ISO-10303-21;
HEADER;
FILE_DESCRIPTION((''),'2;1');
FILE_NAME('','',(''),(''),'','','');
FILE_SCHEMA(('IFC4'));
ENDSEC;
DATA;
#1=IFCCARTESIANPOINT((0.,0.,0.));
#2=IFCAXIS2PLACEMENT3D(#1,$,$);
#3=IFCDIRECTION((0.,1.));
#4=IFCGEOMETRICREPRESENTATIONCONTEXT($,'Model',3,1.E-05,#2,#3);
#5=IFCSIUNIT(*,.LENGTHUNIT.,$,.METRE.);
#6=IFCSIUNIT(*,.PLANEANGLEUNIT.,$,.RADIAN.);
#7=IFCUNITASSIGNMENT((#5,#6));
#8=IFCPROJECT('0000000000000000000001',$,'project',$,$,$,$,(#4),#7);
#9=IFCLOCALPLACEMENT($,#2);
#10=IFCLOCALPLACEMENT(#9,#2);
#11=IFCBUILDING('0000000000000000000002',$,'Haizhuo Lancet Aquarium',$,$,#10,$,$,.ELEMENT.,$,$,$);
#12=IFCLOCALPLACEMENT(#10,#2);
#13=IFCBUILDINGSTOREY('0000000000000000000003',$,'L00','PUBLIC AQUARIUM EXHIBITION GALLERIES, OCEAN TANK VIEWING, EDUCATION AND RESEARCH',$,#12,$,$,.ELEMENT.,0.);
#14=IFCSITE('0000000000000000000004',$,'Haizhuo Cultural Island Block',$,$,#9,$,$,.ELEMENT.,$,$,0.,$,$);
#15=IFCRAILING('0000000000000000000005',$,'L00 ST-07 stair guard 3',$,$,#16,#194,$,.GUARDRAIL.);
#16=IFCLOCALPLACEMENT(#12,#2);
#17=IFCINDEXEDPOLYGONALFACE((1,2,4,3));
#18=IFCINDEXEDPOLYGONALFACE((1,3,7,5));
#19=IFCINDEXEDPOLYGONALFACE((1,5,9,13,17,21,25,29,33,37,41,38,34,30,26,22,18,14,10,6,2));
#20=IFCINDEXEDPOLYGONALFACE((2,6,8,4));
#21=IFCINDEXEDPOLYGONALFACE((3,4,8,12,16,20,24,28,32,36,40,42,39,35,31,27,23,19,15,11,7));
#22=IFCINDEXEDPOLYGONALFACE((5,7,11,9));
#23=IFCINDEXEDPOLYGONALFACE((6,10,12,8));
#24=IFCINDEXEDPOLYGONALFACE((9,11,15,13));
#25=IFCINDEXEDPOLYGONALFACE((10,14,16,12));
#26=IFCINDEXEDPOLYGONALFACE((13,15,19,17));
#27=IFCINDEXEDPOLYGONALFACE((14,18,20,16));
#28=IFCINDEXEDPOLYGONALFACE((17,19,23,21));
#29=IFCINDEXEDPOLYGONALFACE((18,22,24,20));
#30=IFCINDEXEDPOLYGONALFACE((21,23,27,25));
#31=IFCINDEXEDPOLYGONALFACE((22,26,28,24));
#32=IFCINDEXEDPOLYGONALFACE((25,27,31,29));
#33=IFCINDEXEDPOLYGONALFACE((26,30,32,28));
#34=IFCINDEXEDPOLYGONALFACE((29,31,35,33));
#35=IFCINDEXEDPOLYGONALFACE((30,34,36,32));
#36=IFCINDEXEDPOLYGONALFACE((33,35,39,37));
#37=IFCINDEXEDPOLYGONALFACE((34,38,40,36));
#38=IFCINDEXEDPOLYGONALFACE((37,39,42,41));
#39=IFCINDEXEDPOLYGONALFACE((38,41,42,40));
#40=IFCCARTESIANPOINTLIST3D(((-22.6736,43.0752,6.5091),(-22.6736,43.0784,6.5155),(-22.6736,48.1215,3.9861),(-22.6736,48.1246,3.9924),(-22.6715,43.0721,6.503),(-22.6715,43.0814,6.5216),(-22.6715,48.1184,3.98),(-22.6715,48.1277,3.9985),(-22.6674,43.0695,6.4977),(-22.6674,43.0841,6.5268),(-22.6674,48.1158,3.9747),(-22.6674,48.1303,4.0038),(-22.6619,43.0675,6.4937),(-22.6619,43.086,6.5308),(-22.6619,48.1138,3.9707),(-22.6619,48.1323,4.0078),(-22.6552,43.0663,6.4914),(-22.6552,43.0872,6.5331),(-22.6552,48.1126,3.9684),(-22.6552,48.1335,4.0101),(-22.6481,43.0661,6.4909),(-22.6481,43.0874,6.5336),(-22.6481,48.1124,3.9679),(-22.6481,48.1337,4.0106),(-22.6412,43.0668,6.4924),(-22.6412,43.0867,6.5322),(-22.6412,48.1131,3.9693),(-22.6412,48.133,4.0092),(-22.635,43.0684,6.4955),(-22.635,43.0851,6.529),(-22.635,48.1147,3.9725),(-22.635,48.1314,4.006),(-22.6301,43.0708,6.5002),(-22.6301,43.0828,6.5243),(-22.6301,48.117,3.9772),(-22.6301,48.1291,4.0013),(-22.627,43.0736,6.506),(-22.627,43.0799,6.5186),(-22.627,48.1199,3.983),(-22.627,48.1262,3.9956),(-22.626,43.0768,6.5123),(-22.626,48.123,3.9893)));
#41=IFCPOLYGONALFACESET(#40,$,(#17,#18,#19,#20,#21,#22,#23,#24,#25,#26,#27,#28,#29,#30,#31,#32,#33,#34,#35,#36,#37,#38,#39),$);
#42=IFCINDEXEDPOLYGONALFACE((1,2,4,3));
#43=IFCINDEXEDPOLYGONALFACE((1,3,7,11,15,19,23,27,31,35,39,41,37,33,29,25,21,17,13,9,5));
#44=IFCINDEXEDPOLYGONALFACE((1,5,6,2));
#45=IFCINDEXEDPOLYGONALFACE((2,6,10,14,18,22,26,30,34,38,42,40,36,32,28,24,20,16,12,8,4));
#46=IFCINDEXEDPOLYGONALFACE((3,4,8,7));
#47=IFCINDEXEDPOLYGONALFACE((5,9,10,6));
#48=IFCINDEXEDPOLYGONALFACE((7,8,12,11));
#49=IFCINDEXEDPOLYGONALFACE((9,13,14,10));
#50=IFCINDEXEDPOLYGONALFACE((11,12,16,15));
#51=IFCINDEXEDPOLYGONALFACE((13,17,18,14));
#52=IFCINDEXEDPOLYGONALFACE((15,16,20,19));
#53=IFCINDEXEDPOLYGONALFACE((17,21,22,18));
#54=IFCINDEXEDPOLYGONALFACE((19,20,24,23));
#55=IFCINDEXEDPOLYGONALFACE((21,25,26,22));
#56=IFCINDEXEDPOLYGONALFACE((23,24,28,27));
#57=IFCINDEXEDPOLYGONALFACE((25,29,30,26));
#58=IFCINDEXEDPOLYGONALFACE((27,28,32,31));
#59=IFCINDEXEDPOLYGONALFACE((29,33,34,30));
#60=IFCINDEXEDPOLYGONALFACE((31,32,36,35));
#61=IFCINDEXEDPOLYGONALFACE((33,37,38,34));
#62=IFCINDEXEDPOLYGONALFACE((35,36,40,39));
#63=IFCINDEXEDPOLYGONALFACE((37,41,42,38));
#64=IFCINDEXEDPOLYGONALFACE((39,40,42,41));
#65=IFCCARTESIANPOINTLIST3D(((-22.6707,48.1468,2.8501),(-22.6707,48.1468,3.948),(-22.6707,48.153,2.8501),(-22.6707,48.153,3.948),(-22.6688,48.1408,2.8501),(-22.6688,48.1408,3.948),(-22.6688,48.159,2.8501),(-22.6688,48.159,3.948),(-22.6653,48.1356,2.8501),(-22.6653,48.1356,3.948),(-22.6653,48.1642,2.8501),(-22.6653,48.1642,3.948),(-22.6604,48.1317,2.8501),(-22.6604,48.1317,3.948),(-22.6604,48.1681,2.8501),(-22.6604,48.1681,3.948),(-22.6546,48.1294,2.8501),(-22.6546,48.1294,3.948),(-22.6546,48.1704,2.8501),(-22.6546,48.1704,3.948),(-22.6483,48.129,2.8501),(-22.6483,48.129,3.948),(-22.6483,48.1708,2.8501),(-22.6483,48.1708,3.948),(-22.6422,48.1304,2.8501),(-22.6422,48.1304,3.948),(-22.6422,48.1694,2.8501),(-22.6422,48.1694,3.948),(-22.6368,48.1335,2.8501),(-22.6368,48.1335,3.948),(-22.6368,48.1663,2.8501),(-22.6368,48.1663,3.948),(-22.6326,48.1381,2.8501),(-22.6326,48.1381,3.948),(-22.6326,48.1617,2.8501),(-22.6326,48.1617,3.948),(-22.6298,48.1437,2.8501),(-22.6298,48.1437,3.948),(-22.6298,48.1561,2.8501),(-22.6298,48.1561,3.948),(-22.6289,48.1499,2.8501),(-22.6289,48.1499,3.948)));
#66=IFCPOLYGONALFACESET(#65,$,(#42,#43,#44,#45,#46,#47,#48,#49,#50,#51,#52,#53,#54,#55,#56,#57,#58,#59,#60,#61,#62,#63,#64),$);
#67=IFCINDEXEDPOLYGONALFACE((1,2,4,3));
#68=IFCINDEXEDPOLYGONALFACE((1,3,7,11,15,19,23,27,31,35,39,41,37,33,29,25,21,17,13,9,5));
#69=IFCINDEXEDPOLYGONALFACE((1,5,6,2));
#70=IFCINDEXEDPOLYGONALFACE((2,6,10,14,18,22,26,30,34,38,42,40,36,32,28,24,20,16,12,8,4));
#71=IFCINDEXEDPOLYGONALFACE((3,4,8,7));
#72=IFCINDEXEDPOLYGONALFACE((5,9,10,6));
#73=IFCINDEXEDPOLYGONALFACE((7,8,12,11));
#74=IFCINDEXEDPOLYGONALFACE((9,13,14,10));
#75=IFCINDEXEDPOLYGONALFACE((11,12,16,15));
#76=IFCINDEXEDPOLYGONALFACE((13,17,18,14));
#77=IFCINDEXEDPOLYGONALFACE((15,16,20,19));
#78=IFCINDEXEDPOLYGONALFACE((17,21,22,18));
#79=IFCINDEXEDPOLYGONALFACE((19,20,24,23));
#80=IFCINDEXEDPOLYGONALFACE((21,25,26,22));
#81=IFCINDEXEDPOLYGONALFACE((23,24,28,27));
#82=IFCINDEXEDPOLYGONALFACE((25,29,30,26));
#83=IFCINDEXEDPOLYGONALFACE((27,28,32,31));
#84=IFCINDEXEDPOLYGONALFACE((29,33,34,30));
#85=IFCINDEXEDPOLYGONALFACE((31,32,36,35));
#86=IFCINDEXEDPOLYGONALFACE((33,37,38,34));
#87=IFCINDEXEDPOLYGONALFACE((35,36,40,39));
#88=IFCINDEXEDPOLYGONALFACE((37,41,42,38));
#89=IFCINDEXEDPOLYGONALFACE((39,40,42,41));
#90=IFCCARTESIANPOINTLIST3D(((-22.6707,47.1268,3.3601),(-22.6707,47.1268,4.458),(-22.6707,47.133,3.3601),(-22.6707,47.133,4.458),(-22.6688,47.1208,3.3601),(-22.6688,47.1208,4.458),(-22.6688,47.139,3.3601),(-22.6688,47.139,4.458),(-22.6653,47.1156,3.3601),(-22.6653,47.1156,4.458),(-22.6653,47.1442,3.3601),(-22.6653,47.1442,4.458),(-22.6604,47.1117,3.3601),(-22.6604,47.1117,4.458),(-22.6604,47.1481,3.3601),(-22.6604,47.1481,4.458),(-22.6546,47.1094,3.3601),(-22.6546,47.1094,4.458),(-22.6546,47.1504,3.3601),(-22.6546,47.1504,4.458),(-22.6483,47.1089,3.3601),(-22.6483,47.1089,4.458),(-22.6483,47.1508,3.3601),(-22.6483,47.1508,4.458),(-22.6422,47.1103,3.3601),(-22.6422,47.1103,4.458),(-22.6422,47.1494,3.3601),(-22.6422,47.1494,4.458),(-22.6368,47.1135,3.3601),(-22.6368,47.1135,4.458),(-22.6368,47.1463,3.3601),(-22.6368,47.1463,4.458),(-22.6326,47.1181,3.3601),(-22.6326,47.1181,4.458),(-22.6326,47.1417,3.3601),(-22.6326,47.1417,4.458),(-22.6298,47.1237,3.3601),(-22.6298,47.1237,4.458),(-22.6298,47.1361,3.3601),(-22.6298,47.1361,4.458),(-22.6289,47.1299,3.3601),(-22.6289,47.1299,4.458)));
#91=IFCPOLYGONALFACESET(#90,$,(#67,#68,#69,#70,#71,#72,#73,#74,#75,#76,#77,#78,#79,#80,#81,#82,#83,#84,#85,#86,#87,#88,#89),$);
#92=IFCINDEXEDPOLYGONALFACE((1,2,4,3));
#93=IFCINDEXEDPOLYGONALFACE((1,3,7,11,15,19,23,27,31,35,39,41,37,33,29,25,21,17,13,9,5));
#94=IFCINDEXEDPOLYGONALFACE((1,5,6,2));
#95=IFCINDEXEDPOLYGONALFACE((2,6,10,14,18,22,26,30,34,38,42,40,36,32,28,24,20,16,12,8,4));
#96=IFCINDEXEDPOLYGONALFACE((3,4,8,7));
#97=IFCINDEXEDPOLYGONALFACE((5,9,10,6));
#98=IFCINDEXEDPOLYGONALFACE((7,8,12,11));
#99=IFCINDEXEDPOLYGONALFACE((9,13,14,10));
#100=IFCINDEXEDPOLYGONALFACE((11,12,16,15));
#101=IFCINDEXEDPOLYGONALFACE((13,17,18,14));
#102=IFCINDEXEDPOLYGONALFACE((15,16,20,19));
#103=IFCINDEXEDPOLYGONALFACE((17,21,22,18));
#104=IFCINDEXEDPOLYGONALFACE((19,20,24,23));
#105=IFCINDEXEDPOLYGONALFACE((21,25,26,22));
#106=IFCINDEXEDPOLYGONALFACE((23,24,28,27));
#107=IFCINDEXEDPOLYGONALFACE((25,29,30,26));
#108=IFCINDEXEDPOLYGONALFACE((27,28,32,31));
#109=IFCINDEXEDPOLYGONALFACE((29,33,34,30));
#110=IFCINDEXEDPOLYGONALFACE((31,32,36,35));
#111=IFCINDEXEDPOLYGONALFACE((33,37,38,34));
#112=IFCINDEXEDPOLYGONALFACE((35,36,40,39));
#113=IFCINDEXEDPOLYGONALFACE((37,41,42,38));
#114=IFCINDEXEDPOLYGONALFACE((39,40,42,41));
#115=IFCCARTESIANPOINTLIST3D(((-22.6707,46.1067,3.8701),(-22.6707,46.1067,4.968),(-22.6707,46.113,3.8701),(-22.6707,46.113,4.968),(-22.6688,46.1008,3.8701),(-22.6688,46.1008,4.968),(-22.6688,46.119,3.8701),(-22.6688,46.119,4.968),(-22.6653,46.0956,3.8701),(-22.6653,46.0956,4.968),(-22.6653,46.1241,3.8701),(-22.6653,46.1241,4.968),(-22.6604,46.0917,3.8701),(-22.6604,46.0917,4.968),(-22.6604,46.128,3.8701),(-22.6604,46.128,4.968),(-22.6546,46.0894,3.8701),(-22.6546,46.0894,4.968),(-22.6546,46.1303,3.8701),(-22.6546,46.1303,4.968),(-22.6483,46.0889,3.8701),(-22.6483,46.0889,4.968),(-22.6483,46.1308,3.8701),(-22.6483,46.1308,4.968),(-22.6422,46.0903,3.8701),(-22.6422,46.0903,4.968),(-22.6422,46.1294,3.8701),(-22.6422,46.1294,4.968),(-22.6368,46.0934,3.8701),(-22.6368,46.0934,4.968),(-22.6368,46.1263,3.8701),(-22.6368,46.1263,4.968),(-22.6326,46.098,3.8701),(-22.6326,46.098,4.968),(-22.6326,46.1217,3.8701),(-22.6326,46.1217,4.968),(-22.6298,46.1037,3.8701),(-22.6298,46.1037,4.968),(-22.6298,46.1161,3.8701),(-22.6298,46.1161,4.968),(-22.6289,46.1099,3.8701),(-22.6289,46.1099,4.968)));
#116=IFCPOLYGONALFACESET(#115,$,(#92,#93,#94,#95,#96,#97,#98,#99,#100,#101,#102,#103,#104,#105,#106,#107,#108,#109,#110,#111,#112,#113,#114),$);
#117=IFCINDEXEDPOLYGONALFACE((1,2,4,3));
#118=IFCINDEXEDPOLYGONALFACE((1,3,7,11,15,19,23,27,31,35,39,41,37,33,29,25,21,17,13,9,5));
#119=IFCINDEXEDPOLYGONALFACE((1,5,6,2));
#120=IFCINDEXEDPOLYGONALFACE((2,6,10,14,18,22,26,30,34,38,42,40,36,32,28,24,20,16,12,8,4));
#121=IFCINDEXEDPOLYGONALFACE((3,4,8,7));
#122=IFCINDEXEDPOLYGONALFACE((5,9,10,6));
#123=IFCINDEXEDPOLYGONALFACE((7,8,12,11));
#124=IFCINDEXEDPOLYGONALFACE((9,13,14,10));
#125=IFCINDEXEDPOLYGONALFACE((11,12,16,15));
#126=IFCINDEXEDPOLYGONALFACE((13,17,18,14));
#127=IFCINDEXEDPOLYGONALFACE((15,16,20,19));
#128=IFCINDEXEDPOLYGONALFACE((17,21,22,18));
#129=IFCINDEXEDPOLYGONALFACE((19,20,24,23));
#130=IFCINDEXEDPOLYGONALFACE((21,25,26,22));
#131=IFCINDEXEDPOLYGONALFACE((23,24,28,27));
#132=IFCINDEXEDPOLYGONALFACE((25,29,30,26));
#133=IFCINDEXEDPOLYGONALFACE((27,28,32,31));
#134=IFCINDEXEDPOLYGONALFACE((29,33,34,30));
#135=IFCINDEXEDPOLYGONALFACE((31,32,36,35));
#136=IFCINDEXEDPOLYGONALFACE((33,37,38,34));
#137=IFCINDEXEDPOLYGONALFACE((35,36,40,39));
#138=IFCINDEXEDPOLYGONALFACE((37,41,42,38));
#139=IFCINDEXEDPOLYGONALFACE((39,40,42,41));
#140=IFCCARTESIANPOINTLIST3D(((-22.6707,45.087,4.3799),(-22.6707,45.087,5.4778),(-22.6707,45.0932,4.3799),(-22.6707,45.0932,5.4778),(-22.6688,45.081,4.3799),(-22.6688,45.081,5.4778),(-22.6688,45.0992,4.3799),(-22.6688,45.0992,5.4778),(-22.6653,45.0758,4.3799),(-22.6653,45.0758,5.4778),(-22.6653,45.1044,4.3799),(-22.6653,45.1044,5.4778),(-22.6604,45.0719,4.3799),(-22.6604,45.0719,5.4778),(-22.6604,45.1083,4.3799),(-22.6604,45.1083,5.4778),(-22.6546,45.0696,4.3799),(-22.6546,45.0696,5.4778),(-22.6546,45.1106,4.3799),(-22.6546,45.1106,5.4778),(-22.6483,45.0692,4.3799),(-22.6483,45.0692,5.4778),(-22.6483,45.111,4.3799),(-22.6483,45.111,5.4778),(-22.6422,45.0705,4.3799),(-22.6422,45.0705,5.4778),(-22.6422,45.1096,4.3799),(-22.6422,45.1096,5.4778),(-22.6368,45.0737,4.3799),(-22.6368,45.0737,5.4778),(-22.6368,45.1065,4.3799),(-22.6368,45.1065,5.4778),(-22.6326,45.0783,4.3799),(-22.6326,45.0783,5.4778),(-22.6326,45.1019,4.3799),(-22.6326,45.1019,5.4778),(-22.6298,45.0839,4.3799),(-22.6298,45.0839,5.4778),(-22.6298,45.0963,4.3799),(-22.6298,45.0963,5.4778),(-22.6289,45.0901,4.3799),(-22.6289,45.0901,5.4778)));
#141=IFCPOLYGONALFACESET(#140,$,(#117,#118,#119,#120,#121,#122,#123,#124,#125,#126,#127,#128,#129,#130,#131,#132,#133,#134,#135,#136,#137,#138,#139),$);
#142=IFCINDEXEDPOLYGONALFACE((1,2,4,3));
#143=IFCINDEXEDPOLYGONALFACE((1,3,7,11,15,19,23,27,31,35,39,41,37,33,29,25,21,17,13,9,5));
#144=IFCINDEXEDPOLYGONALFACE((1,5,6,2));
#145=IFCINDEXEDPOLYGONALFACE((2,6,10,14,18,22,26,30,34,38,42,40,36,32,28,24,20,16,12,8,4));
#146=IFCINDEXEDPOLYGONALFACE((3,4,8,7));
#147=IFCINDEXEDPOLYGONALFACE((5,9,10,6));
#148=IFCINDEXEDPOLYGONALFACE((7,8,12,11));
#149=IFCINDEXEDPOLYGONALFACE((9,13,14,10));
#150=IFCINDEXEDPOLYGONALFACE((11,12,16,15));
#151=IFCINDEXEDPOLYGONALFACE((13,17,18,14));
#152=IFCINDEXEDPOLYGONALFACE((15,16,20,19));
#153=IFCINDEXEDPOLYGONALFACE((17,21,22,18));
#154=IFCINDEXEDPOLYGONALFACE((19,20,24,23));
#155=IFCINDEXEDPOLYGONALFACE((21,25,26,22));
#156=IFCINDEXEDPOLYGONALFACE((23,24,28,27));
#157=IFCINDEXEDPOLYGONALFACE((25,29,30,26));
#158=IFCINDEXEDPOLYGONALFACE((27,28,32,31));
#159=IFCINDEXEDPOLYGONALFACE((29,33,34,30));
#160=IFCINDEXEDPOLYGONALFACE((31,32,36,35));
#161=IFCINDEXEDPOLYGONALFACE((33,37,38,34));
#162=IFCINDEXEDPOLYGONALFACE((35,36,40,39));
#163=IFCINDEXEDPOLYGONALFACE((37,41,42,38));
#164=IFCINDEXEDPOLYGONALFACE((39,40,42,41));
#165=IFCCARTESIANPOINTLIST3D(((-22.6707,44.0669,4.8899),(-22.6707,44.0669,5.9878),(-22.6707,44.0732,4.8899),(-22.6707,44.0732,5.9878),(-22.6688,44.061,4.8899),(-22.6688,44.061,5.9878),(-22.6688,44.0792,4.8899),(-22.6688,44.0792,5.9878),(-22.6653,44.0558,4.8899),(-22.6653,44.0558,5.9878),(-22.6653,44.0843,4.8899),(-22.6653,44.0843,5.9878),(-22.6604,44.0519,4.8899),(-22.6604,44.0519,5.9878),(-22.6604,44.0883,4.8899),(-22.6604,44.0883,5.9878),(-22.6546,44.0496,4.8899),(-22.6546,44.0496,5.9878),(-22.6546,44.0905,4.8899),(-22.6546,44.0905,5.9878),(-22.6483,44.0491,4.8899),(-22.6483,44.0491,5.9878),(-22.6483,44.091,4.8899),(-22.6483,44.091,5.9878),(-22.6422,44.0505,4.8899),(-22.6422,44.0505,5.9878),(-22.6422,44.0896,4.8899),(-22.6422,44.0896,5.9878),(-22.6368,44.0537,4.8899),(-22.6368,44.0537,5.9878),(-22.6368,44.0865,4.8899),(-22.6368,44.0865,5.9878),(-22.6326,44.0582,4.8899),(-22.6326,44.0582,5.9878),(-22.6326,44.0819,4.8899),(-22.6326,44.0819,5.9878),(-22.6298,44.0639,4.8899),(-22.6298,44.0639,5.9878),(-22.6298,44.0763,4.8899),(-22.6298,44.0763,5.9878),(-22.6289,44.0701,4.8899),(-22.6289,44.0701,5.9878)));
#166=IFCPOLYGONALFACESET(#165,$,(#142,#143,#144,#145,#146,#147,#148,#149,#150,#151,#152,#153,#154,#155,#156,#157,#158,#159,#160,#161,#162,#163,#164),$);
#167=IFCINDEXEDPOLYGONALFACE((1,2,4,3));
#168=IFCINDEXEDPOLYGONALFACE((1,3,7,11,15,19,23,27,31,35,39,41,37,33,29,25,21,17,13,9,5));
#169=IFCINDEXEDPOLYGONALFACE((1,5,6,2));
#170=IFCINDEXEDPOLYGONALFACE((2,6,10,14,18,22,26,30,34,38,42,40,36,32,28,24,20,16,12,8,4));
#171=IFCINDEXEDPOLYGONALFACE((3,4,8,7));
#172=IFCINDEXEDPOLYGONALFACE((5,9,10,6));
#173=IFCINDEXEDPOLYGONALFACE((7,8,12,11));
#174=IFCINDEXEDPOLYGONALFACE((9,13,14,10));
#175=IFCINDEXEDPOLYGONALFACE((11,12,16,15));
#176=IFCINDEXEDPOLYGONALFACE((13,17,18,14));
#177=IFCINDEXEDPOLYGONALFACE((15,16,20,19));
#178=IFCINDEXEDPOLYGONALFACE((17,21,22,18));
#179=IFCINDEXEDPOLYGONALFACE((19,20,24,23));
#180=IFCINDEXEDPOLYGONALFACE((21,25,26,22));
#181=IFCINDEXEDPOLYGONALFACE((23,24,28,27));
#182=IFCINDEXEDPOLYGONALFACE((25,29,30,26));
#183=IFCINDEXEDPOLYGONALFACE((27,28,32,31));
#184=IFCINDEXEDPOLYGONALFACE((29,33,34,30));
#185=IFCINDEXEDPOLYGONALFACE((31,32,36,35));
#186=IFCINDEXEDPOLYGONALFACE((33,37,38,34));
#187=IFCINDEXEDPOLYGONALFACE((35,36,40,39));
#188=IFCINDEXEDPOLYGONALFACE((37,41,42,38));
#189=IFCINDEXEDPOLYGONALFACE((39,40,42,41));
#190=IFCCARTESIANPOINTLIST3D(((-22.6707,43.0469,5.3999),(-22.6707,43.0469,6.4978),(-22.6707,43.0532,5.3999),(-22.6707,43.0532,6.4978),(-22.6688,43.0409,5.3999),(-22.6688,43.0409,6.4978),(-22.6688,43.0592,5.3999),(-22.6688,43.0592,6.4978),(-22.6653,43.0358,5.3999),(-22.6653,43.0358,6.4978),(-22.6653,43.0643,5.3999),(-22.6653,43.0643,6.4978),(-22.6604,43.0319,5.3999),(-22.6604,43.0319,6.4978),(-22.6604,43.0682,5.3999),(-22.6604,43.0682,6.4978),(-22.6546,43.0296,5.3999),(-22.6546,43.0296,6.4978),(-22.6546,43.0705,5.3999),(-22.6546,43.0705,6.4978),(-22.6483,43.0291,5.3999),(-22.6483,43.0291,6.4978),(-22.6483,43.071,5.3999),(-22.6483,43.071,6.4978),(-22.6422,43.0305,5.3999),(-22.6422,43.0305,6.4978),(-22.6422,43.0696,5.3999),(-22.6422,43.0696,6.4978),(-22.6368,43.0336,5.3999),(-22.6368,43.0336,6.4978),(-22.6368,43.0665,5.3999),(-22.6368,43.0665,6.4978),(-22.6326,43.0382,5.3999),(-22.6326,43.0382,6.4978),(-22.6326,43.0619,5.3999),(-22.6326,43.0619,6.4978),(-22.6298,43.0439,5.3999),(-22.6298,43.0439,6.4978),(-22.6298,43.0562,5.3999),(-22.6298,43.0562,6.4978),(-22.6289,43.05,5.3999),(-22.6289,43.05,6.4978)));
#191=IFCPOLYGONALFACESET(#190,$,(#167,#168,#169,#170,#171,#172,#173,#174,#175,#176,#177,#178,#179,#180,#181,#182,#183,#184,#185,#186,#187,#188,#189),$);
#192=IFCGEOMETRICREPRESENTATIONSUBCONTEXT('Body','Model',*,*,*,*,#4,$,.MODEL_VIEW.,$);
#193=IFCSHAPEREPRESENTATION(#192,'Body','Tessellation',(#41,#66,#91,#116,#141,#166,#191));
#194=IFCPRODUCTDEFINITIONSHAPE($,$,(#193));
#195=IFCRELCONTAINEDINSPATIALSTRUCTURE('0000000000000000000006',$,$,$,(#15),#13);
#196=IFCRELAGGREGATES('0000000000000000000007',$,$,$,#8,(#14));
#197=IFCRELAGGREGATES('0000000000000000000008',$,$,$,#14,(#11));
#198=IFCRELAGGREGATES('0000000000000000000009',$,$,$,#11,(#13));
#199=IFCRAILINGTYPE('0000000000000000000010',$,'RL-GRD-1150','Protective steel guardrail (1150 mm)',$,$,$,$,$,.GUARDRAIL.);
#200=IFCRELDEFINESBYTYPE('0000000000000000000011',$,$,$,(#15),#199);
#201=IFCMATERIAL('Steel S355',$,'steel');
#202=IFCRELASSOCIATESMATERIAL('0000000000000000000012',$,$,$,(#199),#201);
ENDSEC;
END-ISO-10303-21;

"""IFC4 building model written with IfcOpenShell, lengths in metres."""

from ifc_helpers import new_model, si_unit, direction, frame, origin, origin_2d, place, context, subcontext, project, spatial, circle, extrude, material, type_object, element, save


model = new_model("IFC4")

# Units and contexts
model_context = context("Model", 3, precision=1e-05, world=origin(), true_north=direction((0.0, 1.0)))
body_context = subcontext(model_context, "Body", "Model", "MODEL_VIEW")
ifc_project = project(units=[si_unit("LENGTHUNIT", "METRE"), si_unit("PLANEANGLEUNIT", "RADIAN")], contexts=[model_context])

# Site, building, storey
site_placement = place(None, origin())
site = spatial("IfcSite", under=ifc_project, at=site_placement, Name="Haizhuo Cultural Island Block", CompositionType="ELEMENT", RefElevation=0.0)
building_placement = place(site_placement, origin())
building = spatial("IfcBuilding", under=site, at=building_placement, Name="Haizhuo Lancet Aquarium", CompositionType="ELEMENT")
storey_placement = place(building_placement, origin())
storey = spatial("IfcBuildingStorey", under=building, at=storey_placement, Name="L00", Description="PUBLIC AQUARIUM EXHIBITION GALLERIES, OCEAN TANK VIEWING, EDUCATION AND RESEARCH", CompositionType="ELEMENT", Elevation=0.0)

# Shared definitions
ifc_material_1 = material(Name="Steel S355", Category="steel")

# Railing
railing_type_1 = type_object("IfcRailingType", Name="RL-GRD-1150", Description="Protective steel guardrail (1150 mm)", PredefinedType="GUARDRAIL", material=ifc_material_1)
railing_1_placement = place(storey_placement, frame((-22.6499, 48.1499, 2.8501)))
element("IfcRailing", 1, at=railing_1_placement, inside=storey, type_object=railing_type_1, Name="L00 ST-07 stair guard 3", PredefinedType="GUARDRAIL", context=body_context, shape_type="SweptSolid", body=[
    extrude(circle(Radius=0.0239, at=origin_2d()), frame((0.0, -0.0269, 1.1392), z_axis=(0.0, -0.894436, 0.447196), x_axis=(1.0, 0.0, 0.0)), (0.0, 0.0, 1.0), 5.6418),
    extrude(circle(Radius=0.021, at=origin_2d()), origin(), (0.0, 0.0, 1.0), 1.0979),
    extrude(circle(Radius=0.021, at=origin_2d()), frame((0.0, -1.02, 0.51)), (0.0, 0.0, 1.0), 1.0979),
    extrude(circle(Radius=0.021, at=origin_2d()), frame((0.0, -2.04, 1.02)), (0.0, 0.0, 1.0), 1.0979),
    extrude(circle(Radius=0.021, at=origin_2d()), frame((0.0, -3.0598, 1.5298)), (0.0, 0.0, 1.0), 1.0979),
    extrude(circle(Radius=0.021, at=origin_2d()), frame((0.0, -4.0798, 2.0398)), (0.0, 0.0, 1.0), 1.0979),
    extrude(circle(Radius=0.021, at=origin_2d()), frame((0.0, -5.0999, 2.5498)), (0.0, 0.0, 1.0), 1.0979),
])

save(model, "model.ifc")
